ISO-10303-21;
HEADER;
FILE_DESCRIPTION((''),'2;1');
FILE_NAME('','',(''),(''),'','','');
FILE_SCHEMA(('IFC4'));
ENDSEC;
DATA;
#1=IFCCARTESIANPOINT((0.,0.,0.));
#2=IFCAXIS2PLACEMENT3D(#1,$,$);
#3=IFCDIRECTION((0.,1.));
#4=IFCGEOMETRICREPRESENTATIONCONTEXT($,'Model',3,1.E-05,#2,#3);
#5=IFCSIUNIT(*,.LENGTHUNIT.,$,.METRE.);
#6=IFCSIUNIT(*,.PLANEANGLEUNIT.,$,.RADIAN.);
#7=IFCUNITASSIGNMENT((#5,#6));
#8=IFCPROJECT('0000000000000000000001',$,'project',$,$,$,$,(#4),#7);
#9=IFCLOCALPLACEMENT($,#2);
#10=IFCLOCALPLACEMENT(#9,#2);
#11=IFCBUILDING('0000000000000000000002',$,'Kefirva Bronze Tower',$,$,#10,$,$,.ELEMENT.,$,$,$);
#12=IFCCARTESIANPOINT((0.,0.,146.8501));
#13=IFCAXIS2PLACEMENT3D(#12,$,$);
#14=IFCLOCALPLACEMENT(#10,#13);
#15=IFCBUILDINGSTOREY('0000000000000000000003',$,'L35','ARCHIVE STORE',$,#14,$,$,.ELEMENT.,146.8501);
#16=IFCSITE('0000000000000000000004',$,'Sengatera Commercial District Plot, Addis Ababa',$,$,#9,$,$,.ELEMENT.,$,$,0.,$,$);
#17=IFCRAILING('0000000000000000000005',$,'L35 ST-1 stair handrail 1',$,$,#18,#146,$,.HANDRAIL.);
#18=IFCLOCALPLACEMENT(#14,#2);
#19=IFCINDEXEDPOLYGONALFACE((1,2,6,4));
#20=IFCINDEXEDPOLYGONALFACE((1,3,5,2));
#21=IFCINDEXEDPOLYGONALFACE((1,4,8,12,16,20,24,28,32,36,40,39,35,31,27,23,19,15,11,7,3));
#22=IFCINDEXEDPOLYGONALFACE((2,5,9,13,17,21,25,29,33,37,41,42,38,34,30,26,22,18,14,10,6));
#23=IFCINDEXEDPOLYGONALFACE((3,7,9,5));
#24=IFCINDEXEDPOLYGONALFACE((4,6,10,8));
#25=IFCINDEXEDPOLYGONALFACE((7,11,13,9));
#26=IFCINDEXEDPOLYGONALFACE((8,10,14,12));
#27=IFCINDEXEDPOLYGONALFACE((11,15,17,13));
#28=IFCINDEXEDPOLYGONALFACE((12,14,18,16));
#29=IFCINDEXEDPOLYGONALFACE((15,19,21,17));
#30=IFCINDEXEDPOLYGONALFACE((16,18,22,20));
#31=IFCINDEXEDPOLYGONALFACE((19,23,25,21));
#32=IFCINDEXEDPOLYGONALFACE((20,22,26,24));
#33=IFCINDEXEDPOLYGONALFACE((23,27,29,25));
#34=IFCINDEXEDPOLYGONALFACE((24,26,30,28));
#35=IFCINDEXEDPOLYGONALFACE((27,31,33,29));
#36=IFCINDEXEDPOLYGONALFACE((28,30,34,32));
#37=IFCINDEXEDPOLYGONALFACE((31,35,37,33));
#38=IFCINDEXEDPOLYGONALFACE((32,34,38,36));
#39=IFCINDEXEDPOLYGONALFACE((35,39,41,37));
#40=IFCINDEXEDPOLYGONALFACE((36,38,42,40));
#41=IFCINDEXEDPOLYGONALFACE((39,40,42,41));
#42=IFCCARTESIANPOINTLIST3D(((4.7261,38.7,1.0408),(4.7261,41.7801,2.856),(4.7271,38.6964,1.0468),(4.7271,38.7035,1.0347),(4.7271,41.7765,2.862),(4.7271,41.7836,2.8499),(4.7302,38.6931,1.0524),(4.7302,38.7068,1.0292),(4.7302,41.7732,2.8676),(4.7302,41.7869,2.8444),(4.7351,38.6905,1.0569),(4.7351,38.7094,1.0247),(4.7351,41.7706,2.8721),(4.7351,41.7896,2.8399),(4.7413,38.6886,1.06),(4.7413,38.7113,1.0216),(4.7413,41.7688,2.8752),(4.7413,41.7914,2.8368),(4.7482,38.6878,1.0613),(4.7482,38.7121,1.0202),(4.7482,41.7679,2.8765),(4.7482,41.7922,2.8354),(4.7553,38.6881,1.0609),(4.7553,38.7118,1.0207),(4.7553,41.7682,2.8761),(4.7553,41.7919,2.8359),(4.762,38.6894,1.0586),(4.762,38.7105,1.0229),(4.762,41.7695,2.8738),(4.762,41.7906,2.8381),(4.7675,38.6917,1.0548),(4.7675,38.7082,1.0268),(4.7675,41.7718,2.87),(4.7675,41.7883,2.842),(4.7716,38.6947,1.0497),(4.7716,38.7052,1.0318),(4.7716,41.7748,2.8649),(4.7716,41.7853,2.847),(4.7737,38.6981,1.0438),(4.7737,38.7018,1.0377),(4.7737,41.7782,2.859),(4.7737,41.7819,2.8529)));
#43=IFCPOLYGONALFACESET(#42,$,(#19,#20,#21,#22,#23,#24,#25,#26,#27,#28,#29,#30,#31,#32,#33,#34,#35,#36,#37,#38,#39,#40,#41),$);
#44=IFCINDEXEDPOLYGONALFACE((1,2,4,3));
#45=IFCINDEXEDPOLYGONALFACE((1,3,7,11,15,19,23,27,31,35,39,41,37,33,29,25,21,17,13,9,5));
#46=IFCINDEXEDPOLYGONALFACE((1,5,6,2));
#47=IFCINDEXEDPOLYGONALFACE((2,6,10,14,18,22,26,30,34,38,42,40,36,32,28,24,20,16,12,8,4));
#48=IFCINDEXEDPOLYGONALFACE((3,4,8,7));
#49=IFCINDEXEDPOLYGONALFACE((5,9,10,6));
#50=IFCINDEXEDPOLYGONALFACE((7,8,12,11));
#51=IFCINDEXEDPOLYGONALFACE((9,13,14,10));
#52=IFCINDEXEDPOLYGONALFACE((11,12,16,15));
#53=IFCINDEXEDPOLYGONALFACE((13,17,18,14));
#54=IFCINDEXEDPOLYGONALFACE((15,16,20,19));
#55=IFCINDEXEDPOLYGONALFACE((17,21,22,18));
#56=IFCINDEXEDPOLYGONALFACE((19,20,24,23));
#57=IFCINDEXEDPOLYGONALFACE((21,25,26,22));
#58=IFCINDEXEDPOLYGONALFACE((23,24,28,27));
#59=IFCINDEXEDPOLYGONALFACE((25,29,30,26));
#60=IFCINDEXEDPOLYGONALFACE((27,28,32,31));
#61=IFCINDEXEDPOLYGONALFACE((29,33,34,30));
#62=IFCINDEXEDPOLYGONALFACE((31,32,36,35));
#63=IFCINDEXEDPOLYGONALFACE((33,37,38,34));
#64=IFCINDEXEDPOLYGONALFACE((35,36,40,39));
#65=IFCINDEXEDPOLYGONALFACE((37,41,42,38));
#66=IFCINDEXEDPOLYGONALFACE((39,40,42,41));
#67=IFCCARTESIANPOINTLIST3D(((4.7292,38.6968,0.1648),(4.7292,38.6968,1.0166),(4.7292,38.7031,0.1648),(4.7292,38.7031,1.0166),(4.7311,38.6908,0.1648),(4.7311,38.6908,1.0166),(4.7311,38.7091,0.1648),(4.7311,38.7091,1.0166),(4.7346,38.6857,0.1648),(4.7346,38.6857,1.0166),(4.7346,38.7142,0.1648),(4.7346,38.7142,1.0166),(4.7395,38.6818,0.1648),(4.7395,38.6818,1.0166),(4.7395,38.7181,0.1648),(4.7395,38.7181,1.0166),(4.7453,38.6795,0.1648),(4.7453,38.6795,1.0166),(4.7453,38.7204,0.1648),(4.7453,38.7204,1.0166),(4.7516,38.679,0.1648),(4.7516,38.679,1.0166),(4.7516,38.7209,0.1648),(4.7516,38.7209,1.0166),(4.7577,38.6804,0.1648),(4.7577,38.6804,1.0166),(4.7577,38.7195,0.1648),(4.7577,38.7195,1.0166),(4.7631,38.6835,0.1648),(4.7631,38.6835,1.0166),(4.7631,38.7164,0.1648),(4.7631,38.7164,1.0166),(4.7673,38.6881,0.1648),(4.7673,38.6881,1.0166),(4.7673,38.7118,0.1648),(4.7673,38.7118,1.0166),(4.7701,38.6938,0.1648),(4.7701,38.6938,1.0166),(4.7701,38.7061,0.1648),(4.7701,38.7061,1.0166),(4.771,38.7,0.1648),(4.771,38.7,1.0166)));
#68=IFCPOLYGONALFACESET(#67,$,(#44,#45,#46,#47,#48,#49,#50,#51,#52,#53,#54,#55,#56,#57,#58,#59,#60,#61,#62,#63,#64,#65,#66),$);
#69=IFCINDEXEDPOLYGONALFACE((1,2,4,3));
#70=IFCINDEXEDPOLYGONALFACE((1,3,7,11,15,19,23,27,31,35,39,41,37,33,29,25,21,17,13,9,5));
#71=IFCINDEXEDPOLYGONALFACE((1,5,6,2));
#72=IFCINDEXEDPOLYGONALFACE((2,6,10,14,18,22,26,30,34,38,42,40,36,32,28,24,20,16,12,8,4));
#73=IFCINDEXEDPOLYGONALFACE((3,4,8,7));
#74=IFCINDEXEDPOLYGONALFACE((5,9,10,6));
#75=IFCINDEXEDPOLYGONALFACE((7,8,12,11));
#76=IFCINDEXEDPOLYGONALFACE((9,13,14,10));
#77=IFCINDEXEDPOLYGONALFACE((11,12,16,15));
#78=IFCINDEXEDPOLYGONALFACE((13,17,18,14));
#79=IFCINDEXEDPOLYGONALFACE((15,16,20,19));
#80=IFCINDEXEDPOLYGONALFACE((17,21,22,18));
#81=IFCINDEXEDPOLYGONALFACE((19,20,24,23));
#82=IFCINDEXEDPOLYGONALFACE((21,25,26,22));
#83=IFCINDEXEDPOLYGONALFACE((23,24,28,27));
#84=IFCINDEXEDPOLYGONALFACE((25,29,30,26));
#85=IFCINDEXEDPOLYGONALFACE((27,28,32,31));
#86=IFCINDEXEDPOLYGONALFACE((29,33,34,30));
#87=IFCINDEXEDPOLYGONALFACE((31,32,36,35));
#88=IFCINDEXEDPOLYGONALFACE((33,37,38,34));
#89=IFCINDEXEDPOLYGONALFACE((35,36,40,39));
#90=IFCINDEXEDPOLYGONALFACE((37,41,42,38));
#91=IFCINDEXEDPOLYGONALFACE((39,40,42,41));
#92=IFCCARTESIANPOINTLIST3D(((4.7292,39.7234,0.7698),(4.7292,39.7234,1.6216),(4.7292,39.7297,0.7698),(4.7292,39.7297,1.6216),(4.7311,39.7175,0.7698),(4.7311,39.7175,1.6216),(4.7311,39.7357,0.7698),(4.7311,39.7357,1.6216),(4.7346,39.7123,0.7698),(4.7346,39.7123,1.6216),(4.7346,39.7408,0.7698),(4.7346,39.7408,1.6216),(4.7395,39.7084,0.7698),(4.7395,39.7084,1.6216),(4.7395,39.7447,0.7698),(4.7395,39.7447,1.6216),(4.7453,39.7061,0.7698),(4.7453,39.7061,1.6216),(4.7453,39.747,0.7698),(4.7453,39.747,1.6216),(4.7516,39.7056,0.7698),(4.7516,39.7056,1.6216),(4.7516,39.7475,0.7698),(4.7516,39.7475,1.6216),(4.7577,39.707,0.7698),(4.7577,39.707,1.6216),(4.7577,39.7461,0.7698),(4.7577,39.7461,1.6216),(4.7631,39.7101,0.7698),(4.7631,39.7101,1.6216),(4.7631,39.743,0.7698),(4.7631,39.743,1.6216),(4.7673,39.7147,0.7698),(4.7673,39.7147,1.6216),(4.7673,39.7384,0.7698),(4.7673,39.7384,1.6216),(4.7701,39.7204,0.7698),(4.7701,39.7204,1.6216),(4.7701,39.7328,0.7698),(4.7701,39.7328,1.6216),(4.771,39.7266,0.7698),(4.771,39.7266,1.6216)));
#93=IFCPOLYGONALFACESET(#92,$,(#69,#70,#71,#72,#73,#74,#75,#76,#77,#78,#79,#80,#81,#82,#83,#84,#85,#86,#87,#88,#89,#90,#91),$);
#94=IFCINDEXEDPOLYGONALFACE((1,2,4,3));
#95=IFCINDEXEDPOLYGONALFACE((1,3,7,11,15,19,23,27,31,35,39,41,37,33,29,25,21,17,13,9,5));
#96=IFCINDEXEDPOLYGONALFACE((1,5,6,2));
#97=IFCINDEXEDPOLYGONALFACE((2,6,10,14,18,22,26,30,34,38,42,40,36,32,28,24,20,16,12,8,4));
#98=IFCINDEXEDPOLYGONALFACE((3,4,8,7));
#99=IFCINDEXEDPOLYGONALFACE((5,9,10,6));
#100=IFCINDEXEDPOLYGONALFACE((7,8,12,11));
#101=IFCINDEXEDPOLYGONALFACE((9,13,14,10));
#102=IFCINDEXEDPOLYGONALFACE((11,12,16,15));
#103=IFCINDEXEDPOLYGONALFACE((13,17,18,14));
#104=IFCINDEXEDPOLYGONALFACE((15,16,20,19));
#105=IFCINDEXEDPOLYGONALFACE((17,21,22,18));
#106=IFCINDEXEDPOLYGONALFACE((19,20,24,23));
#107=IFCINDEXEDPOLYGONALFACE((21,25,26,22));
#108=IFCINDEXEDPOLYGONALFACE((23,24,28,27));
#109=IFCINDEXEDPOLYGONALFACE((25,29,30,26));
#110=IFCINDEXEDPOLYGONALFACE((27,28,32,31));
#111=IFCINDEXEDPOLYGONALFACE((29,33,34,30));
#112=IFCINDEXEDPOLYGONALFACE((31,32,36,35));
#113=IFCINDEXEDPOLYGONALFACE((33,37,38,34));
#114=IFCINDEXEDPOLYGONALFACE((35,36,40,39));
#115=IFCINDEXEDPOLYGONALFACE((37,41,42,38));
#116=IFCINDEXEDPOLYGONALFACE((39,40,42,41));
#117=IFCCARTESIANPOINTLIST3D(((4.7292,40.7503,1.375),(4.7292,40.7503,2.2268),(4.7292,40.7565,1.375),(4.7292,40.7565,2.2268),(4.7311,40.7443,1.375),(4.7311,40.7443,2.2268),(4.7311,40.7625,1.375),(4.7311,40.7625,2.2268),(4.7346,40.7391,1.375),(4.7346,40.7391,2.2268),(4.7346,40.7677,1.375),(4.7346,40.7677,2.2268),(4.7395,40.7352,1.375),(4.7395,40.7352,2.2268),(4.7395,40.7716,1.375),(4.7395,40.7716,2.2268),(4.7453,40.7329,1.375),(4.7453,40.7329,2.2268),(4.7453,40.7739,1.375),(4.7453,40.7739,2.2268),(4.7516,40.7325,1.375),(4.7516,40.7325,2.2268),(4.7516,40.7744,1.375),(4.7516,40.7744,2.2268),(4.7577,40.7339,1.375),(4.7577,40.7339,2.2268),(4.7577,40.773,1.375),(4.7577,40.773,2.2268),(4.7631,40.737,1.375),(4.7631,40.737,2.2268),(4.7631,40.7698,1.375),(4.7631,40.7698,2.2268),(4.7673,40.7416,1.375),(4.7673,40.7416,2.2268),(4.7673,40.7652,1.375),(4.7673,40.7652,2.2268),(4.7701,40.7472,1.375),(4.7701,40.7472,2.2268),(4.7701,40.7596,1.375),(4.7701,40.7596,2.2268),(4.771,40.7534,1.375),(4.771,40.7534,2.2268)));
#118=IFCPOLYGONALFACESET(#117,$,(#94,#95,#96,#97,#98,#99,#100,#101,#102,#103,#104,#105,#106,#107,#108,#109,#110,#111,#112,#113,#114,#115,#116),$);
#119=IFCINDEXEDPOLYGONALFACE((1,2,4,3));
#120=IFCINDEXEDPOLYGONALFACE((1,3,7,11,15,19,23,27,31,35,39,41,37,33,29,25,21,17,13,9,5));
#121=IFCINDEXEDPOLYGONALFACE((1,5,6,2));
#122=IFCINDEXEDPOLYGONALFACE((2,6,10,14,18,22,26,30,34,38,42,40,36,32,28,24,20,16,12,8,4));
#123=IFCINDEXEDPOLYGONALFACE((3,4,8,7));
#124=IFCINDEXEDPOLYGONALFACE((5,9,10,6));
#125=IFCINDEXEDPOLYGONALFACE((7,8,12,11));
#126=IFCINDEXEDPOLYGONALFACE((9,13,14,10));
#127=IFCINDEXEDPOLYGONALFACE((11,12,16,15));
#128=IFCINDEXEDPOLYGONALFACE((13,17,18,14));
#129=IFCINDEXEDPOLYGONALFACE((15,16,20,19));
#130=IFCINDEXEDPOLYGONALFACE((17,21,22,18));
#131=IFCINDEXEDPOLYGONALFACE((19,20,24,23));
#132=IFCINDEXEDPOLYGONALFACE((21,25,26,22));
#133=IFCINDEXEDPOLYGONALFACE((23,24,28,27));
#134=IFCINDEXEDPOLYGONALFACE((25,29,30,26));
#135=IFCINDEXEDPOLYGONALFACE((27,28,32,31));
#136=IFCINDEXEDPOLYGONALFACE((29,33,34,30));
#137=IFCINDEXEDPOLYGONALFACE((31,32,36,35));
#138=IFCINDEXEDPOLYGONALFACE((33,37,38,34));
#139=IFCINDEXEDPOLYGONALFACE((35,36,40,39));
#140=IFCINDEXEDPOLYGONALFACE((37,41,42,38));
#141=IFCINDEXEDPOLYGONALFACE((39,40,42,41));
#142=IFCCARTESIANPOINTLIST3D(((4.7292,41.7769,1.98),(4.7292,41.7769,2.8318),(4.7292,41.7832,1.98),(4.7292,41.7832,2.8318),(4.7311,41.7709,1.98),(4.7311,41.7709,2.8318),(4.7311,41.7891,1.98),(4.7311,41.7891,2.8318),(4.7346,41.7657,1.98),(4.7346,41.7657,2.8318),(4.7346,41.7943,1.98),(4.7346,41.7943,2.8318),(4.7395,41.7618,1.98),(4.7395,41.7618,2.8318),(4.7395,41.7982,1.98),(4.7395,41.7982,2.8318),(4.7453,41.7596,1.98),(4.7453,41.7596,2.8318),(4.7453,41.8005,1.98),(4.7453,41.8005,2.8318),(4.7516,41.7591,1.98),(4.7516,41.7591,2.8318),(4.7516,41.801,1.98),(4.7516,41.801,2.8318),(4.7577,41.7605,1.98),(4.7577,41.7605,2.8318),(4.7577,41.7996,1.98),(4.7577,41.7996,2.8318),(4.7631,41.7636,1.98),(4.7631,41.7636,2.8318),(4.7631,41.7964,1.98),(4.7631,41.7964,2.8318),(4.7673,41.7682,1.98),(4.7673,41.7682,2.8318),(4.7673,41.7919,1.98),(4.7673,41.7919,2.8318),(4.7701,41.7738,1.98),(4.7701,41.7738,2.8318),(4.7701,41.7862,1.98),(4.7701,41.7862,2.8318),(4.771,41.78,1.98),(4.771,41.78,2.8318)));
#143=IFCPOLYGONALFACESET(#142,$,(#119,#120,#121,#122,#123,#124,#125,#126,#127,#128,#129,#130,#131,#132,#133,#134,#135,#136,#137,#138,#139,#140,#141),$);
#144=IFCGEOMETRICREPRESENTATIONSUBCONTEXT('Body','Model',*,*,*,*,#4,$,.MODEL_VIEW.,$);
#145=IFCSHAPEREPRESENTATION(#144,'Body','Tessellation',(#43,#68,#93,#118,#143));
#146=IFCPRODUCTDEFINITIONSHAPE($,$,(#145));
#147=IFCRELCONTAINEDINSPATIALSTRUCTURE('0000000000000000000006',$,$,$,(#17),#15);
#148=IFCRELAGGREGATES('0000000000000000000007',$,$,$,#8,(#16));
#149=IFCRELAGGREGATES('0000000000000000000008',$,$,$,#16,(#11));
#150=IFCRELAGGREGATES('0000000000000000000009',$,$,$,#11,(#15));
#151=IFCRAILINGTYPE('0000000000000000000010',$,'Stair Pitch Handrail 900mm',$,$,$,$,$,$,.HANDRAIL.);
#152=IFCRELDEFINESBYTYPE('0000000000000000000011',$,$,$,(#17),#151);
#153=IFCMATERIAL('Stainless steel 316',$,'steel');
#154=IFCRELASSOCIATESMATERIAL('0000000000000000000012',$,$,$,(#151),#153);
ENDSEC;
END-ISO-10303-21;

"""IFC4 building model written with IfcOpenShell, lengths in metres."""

from ifc_helpers import new_model, si_unit, direction, frame, origin, origin_2d, place, context, subcontext, project, spatial, circle, extrude, material, type_object, element, save


model = new_model("IFC4")

# Units and contexts
model_context = context("Model", 3, precision=1e-05, world=origin(), true_north=direction((0.0, 1.0)))
body_context = subcontext(model_context, "Body", "Model", "MODEL_VIEW")
ifc_project = project(units=[si_unit("LENGTHUNIT", "METRE"), si_unit("PLANEANGLEUNIT", "RADIAN")], contexts=[model_context])

# Site, building, storey
site_placement = place(None, origin())
site = spatial("IfcSite", under=ifc_project, at=site_placement, Name="Sengatera Commercial District Plot, Addis Ababa", CompositionType="ELEMENT", RefElevation=0.0)
building_placement = place(site_placement, origin())
building = spatial("IfcBuilding", under=site, at=building_placement, Name="Kefirva Bronze Tower", CompositionType="ELEMENT")
storey_placement = place(building_placement, frame((0.0, 0.0, 146.8501)))
storey = spatial("IfcBuildingStorey", under=building, at=storey_placement, Name="L35", Description="ARCHIVE STORE", CompositionType="ELEMENT", Elevation=146.8501)

# Shared definitions
ifc_material_1 = material(Name="Stainless steel 316", Category="steel")

# Railing
railing_type = type_object("IfcRailingType", Name="Stair Pitch Handrail 900mm", PredefinedType="HANDRAIL", material=ifc_material_1)
railing_placement = place(storey_placement, frame((4.75, 38.7, 0.1648)))
element("IfcRailing", 1, at=railing_placement, inside=storey, type_object=railing_type, Name="L35 ST-1 stair handrail 1", PredefinedType="HANDRAIL", context=body_context, shape_type="SweptSolid", body=[
    extrude(circle(Radius=0.0239, at=origin_2d()), frame((0.0, 0.0, 0.876), z_axis=(0.0, 0.861521, 0.507721), x_axis=(-1.0, 0.0, 0.0)), (0.0, 0.0, 1.0), 3.5752),
    extrude(circle(Radius=0.021, at=origin_2d()), origin(), (0.0, 0.0, 1.0), 0.8518),
    extrude(circle(Radius=0.021, at=origin_2d()), frame((0.0, 1.0266, 0.605)), (0.0, 0.0, 1.0), 0.8518),
    extrude(circle(Radius=0.021, at=origin_2d()), frame((0.0, 2.0535, 1.2102)), (0.0, 0.0, 1.0), 0.8518),
    extrude(circle(Radius=0.021, at=origin_2d()), frame((0.0, 3.0801, 1.8152)), (0.0, 0.0, 1.0), 0.8518),
])

save(model, "model.ifc")
